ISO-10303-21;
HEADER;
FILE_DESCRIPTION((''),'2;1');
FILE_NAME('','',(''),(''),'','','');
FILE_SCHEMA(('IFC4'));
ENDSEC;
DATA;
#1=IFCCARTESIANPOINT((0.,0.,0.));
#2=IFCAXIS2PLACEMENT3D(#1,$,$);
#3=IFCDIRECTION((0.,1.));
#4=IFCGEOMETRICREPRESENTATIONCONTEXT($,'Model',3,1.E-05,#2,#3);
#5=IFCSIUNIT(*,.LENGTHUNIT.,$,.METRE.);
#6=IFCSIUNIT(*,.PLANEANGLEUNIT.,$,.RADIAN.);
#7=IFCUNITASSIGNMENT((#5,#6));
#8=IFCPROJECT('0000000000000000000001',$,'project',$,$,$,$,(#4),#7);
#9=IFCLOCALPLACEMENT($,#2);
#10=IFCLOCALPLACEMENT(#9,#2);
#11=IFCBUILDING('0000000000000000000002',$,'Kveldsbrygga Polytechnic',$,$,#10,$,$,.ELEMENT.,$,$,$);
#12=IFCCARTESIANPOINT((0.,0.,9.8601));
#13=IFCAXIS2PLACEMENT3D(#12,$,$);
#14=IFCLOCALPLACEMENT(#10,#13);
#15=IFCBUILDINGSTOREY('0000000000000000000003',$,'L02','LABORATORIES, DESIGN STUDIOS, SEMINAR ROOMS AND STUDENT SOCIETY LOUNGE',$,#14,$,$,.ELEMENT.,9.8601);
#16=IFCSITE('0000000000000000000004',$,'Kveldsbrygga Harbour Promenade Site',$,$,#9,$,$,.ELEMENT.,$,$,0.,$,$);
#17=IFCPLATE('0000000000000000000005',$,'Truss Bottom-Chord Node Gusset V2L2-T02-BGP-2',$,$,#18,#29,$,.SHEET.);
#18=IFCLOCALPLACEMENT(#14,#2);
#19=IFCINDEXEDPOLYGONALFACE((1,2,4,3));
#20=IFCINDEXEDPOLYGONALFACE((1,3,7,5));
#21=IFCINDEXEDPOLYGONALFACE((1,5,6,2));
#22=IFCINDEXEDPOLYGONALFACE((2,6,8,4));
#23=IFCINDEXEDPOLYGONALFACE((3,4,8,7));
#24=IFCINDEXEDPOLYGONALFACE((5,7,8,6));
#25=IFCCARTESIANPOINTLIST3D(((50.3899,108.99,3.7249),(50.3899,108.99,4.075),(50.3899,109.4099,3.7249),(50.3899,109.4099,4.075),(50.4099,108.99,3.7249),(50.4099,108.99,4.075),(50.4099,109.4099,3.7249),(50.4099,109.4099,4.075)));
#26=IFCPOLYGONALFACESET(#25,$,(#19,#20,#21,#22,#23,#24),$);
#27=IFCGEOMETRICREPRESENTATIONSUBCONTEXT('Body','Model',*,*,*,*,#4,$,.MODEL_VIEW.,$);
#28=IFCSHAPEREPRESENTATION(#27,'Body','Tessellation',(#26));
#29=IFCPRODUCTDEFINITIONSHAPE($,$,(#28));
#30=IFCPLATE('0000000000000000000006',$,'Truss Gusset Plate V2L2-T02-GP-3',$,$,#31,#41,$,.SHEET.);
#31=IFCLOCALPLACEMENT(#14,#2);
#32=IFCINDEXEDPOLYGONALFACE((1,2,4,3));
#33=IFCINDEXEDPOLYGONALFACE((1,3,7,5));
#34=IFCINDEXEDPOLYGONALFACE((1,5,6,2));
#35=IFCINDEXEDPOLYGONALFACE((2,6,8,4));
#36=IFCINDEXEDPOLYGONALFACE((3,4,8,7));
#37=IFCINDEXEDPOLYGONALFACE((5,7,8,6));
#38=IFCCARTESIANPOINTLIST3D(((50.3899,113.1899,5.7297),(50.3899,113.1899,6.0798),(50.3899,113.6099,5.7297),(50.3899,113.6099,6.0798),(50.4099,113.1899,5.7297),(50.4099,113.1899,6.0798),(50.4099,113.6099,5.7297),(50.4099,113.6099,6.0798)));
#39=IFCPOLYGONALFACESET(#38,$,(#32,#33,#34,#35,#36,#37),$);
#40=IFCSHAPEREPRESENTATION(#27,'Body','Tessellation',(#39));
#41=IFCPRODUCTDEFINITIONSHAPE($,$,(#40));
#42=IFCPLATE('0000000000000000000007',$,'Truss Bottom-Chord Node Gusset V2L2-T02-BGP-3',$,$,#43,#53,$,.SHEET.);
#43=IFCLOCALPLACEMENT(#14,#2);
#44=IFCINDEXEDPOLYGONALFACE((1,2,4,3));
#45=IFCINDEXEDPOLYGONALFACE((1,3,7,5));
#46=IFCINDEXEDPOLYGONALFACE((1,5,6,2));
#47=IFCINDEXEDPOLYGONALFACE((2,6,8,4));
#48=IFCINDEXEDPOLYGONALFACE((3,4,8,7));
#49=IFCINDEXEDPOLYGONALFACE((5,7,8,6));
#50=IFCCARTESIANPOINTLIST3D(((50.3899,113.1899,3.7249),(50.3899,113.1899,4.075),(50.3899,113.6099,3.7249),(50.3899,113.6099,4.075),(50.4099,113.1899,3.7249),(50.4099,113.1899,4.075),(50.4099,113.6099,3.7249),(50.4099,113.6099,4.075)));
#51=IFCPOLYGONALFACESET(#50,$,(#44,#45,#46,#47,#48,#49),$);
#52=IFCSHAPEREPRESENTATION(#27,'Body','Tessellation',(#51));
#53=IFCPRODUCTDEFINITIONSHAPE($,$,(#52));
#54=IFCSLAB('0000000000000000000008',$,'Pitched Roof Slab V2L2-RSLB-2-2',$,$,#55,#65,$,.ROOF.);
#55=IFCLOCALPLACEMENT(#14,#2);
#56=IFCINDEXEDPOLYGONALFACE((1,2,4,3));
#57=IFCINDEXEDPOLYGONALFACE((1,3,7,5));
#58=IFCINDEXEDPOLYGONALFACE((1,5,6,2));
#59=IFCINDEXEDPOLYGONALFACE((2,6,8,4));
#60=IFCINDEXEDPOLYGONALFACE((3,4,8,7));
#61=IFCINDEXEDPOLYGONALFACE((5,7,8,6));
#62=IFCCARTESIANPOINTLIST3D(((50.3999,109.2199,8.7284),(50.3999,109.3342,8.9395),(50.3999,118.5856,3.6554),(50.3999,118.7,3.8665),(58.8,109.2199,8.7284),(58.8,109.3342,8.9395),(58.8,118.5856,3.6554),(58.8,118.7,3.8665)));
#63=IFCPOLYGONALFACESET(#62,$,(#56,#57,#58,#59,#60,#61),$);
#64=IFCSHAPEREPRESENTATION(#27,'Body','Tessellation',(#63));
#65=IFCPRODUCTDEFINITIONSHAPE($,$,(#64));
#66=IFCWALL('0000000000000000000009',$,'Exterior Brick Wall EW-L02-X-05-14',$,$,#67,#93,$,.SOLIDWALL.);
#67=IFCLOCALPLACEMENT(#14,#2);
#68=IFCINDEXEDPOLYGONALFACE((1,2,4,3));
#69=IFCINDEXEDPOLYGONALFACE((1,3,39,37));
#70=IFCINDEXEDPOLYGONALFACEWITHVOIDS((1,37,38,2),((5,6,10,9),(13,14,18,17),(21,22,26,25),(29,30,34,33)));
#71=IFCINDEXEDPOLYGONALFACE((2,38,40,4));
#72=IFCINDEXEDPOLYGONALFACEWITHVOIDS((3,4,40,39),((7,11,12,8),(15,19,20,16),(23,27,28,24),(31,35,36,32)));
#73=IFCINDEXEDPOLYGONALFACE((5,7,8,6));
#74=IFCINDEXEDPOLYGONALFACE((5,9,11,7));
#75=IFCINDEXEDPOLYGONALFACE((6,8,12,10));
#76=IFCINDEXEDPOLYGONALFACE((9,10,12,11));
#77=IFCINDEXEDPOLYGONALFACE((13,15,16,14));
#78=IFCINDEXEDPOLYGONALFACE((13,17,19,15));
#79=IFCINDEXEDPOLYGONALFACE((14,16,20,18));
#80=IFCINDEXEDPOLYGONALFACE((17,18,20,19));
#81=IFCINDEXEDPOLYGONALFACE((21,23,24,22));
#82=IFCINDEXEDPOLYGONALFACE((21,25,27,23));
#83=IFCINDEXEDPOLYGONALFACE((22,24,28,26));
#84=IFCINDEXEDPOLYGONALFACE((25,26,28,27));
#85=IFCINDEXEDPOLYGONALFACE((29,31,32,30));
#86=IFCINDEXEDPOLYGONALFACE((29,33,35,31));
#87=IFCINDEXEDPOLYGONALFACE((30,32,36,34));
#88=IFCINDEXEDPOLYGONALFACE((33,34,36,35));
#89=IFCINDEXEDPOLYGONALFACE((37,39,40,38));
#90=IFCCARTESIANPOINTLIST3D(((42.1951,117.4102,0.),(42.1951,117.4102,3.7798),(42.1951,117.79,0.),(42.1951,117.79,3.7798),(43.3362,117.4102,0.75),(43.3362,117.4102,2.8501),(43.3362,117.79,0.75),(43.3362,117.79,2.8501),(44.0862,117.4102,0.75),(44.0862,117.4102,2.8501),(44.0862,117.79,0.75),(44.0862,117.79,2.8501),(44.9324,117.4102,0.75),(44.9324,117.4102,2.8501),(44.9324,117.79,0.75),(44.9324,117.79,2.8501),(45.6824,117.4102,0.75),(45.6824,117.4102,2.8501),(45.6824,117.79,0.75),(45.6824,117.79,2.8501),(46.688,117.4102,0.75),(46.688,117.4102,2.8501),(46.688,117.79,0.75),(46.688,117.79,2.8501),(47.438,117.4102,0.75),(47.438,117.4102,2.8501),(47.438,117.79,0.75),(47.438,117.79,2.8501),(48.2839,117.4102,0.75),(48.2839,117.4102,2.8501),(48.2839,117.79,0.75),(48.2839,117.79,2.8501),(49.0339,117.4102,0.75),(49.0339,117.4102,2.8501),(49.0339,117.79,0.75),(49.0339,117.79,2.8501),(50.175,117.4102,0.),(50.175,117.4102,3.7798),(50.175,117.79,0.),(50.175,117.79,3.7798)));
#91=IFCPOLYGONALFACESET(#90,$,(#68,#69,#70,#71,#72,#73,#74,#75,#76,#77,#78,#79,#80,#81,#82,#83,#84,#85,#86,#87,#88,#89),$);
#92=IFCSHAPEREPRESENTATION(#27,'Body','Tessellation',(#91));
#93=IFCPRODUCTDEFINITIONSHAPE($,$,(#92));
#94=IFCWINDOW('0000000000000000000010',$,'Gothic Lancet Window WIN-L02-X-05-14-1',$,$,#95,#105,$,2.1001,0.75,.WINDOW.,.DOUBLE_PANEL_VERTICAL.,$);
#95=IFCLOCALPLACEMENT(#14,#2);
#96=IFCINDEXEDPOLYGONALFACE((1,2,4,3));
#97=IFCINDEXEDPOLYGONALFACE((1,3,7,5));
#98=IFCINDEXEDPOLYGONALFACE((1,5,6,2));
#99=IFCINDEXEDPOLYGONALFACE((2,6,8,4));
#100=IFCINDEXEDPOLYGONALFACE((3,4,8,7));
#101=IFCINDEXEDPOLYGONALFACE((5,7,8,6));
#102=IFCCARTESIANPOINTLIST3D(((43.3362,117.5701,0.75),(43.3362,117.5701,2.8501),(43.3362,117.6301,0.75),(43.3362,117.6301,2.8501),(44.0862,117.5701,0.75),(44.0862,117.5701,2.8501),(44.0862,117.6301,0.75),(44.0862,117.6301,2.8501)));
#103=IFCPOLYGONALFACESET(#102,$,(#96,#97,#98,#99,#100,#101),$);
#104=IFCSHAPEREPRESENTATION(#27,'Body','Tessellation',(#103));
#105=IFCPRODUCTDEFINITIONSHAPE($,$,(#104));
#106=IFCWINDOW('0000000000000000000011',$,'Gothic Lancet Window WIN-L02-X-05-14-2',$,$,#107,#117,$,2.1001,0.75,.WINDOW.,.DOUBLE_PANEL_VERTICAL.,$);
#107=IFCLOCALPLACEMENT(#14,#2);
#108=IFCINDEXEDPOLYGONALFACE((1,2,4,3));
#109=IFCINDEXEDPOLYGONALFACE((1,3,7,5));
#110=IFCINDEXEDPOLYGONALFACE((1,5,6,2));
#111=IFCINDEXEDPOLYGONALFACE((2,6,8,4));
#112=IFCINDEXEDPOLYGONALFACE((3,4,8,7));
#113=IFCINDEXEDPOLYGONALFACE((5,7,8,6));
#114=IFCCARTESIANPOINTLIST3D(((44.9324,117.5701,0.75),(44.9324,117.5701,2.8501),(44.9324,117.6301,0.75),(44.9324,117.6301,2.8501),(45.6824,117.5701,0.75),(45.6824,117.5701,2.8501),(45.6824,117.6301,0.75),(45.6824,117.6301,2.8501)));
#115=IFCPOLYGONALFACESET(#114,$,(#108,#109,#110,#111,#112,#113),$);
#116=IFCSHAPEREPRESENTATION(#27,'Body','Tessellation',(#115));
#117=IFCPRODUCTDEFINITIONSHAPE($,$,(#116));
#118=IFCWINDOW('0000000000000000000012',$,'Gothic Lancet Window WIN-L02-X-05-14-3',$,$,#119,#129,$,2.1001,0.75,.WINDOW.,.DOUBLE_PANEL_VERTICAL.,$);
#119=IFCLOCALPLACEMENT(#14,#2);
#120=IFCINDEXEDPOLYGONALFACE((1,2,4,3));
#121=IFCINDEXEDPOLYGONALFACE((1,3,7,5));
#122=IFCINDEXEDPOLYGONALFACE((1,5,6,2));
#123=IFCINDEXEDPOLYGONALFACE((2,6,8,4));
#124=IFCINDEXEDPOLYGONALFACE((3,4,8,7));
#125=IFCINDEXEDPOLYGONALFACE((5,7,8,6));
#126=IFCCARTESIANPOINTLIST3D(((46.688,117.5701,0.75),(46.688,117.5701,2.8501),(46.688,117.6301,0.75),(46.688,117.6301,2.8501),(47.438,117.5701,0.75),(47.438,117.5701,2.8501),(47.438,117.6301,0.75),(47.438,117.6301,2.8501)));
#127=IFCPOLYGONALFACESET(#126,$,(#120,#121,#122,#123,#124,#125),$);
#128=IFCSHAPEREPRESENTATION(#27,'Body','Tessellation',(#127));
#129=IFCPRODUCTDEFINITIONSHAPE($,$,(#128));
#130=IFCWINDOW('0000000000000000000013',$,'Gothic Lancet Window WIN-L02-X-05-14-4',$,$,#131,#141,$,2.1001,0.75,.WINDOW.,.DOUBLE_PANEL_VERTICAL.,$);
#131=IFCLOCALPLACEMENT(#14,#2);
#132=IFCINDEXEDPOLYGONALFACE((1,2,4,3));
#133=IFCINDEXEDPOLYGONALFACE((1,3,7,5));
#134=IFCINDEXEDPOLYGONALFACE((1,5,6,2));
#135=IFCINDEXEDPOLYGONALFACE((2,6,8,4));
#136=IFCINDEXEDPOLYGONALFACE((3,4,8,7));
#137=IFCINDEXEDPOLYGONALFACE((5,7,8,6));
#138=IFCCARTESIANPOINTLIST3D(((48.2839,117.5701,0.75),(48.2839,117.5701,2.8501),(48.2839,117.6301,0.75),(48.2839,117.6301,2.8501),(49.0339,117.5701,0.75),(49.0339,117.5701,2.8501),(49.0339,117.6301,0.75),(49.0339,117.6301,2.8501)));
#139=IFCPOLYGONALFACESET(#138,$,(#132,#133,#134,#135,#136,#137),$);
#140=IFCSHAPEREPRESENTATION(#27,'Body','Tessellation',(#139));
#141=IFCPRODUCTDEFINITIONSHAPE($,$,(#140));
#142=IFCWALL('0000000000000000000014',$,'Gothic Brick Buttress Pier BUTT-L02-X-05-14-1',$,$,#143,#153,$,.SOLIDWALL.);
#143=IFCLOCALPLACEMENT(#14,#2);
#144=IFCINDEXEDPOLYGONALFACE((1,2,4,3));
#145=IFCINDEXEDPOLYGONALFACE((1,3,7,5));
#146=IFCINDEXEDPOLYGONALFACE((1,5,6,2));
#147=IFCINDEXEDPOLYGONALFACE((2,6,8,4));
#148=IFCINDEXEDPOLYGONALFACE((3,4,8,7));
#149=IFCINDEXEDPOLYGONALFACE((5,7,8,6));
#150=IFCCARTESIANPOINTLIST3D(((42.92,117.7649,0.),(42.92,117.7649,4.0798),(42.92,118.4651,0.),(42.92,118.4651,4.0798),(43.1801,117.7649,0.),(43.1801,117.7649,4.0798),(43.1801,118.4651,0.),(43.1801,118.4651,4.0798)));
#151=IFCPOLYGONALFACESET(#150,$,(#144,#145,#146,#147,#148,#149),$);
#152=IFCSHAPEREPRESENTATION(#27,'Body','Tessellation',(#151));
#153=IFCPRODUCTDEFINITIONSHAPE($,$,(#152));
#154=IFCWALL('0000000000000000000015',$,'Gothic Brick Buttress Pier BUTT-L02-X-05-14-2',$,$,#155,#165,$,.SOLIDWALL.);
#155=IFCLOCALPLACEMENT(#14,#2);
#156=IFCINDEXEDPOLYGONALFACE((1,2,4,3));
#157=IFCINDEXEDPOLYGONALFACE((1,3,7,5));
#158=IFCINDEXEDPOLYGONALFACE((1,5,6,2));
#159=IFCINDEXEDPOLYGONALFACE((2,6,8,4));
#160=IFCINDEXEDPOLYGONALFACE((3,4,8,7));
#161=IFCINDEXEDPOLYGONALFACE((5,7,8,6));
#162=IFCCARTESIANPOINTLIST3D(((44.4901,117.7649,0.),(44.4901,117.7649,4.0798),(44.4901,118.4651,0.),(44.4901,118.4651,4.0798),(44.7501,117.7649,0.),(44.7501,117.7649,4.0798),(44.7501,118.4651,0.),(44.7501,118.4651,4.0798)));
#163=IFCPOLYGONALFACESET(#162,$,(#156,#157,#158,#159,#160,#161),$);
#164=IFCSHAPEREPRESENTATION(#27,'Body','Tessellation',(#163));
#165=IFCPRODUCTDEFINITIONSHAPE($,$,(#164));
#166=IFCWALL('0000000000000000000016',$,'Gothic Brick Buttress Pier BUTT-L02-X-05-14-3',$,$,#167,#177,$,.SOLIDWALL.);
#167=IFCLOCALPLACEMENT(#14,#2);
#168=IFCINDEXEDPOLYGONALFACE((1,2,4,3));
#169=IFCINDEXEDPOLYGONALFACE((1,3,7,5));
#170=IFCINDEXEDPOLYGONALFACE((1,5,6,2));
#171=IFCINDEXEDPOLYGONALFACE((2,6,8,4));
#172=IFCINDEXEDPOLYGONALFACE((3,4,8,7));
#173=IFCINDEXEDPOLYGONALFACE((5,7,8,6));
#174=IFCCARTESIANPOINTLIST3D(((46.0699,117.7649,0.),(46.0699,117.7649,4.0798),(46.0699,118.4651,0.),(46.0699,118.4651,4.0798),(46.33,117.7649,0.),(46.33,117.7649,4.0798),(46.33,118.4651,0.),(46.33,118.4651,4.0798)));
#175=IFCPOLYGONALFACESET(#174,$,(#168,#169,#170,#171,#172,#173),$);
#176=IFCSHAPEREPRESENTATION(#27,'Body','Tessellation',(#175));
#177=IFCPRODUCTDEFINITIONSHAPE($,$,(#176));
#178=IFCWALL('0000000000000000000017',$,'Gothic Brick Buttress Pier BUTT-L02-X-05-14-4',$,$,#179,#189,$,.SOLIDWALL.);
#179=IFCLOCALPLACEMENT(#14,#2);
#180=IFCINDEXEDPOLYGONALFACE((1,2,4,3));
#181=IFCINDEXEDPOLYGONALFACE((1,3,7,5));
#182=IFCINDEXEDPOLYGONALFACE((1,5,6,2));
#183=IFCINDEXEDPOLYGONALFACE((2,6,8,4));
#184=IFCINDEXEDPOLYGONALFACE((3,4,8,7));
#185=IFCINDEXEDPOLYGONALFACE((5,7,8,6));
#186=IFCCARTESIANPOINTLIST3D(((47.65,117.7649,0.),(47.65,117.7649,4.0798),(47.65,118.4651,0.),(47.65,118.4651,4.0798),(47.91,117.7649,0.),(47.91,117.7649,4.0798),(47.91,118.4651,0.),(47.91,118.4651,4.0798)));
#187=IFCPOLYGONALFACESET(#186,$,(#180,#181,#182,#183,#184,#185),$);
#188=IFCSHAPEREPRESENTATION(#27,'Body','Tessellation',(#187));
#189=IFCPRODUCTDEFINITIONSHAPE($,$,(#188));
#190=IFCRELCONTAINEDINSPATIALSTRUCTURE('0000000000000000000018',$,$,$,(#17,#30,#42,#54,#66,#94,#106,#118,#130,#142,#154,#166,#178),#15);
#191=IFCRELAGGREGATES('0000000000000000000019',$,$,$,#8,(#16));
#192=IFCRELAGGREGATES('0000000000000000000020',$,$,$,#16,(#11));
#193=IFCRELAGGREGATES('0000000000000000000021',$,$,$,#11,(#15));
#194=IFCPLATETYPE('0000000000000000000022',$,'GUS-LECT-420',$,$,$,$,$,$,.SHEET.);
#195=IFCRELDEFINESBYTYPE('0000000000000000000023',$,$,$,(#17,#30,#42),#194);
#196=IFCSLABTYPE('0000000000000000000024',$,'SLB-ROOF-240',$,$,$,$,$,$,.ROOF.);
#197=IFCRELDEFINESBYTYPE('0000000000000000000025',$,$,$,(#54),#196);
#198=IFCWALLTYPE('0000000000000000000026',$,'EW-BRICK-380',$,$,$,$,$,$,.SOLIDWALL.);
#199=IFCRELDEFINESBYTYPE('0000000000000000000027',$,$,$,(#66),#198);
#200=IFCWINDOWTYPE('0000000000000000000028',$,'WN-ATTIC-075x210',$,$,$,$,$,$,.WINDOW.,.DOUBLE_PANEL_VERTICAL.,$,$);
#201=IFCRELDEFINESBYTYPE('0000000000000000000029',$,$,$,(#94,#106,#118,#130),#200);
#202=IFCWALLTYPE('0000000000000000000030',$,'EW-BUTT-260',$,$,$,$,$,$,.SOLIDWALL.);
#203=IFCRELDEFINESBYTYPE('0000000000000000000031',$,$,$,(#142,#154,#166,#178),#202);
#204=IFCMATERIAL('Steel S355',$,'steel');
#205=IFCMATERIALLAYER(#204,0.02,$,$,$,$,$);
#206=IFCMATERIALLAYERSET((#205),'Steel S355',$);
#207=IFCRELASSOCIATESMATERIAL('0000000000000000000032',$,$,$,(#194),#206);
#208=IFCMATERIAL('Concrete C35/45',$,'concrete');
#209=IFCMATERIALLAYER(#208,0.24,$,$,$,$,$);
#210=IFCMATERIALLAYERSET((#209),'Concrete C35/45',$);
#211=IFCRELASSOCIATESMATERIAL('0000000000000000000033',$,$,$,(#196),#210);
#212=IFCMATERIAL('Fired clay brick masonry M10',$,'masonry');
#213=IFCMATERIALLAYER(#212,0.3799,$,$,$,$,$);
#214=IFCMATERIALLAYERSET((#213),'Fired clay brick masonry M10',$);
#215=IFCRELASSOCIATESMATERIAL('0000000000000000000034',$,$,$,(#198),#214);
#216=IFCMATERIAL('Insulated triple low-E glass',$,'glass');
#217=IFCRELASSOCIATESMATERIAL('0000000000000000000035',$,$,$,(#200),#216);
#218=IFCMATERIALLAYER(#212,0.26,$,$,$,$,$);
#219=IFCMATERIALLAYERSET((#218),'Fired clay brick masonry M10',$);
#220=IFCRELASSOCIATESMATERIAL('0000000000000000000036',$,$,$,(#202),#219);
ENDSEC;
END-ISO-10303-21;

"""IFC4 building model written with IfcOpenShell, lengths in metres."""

from ifc_helpers import new_model, si_unit, direction, frame, frame_2d, origin, origin_2d, place, context, subcontext, project, spatial, polyline, rectangle, outline, extrude, material, layer, layer_set, type_object, element, fill, save


model = new_model("IFC4")

# Units and contexts
model_context = context("Model", 3, precision=1e-05, world=origin(), true_north=direction((0.0, 1.0)))
body_context = subcontext(model_context, "Body", "Model", "MODEL_VIEW")
ifc_project = project(units=[si_unit("LENGTHUNIT", "METRE"), si_unit("PLANEANGLEUNIT", "RADIAN")], contexts=[model_context])

# Site, building, storey
site_placement = place(None, origin())
site = spatial("IfcSite", under=ifc_project, at=site_placement, Name="Kveldsbrygga Harbour Promenade Site", CompositionType="ELEMENT", RefElevation=0.0)
building_placement = place(site_placement, origin())
building = spatial("IfcBuilding", under=site, at=building_placement, Name="Kveldsbrygga Polytechnic", CompositionType="ELEMENT")
storey_placement = place(building_placement, frame((0.0, 0.0, 9.8601)))
storey = spatial("IfcBuildingStorey", under=building, at=storey_placement, Name="L02", Description="LABORATORIES, DESIGN STUDIOS, SEMINAR ROOMS AND STUDENT SOCIETY LOUNGE", CompositionType="ELEMENT", Elevation=9.8601)

# Shared definitions
ifc_material_1 = material(Name="Steel S355", Category="steel")

# Shared definitions
ifc_material_2 = material(Name="Insulated triple low-E glass", Category="glass")

# Plates
ifc_layer_1 = layer(ifc_material_1, 0.02)
ifc_layer_set_1 = layer_set([ifc_layer_1], Name="Steel S355")
plate_type_1 = type_object("IfcPlateType", Name="GUS-LECT-420", PredefinedType="SHEET", material=ifc_layer_set_1)
for number, where, z_axis, x_axis, name in (
    (1, (50.3999, 109.2, 3.7249), (0.0, 0.0, 1.0), (1.0, 0.0, 0.0), "Truss Bottom-Chord Node Gusset V2L2-T02-BGP-2"),
    (2, (50.3999, 113.3999, 5.7297), (0.0, 0.0, 1.0), (1.0, 0.0, 0.0), "Truss Gusset Plate V2L2-T02-GP-3"),
    (3, (50.3999, 113.3999, 3.7249), (0.0, 0.0, 1.0), (1.0, 0.0, 0.0), "Truss Bottom-Chord Node Gusset V2L2-T02-BGP-3"),
):
    element("IfcPlate", number, at=place(storey_placement, frame(where, z_axis=z_axis, x_axis=x_axis)), inside=storey, type_object=plate_type_1, Name=name, PredefinedType="SHEET", context=body_context, shape_type="SweptSolid", body=[
        extrude(rectangle(XDim=0.02, YDim=0.4199, at=origin_2d()), origin(), (0.0, 0.0, 1.0), 0.3501),
    ])

# Slab
ifc_material_3 = material(Name="Concrete C35/45", Category="concrete")
ifc_layer_2 = layer(ifc_material_3, 0.24)
ifc_layer_set_2 = layer_set([ifc_layer_2], Name="Concrete C35/45")
slab_type = type_object("IfcSlabType", Name="SLB-ROOF-240", PredefinedType="ROOF", material=ifc_layer_set_2)
slab_placement = place(storey_placement, frame((50.3999, 109.3342, 8.9395), z_axis=(0.0, 0.476276, 0.879296), x_axis=(1.0, 0.0, 0.0)))
element("IfcSlab", 4, at=slab_placement, inside=storey, type_object=slab_type, Name="Pitched Roof Slab V2L2-RSLB-2-2", PredefinedType="ROOF", context=body_context, shape_type="SweptSolid", body=[
    extrude(outline(polyline([(0.0, 0.0), (8.4001, 0.0), (8.4001, 10.6514), (0.0, 10.6514), (0.0, 0.0)])), origin(), (0.0, 0.0, -1.0), 0.24),
])

# Wall, openings, windows
ifc_material_4 = material(Name="Fired clay brick masonry M10", Category="masonry")
ifc_layer_3 = layer(ifc_material_4, 0.3799)
ifc_layer_set_3 = layer_set([ifc_layer_3], Name="Fired clay brick masonry M10")
wall_type_1 = type_object("IfcWallType", Name="EW-BRICK-380", PredefinedType="SOLIDWALL", material=ifc_layer_set_3)
wall_placement = place(storey_placement, frame((42.1951, 117.6001, 0.0), z_axis=(0.0, 0.0, 1.0), x_axis=(1.0, 0.0, 0.0)))
wall = element("IfcWall", 5, at=wall_placement, inside=storey, type_object=wall_type_1, Name="Exterior Brick Wall EW-L02-X-05-14", PredefinedType="SOLIDWALL", context=body_context, shape_type="SweptSolid", body=[
    extrude(rectangle(XDim=7.98, YDim=0.3799, at=frame_2d((3.99, 0.0))), origin(), (0.0, 0.0, 1.0), 3.7798),
])
opening_1_placement = place(wall_placement, frame((1.1411, 0.0, 0.75)))
opening_1 = element("IfcOpeningElement", 6, at=opening_1_placement, cuts=wall, PredefinedType="OPENING", context=body_context, shape_type="SweptSolid", body=[
    extrude(rectangle(XDim=0.75, YDim=2.1001, at=frame_2d((0.375, 1.05))), frame((0.0, 0.2, 0.0), z_axis=(0.0, -1.0, 0.0), x_axis=(1.0, 0.0, 0.0)), (0.0, 0.0, 1.0), 0.3999),
])
opening_2_placement = place(wall_placement, frame((2.7373, 0.0, 0.75)))
opening_2 = element("IfcOpeningElement", 7, at=opening_2_placement, cuts=wall, PredefinedType="OPENING", context=body_context, shape_type="SweptSolid", body=[
    extrude(rectangle(XDim=0.75, YDim=2.1001, at=frame_2d((0.375, 1.05))), frame((0.0, 0.2, 0.0), z_axis=(0.0, -1.0, 0.0), x_axis=(1.0, 0.0, 0.0)), (0.0, 0.0, 1.0), 0.3999),
])
opening_3_placement = place(wall_placement, frame((4.4929, 0.0, 0.75)))
opening_3 = element("IfcOpeningElement", 8, at=opening_3_placement, cuts=wall, PredefinedType="OPENING", context=body_context, shape_type="SweptSolid", body=[
    extrude(rectangle(XDim=0.75, YDim=2.1001, at=frame_2d((0.375, 1.05))), frame((0.0, 0.2, 0.0), z_axis=(0.0, -1.0, 0.0), x_axis=(1.0, 0.0, 0.0)), (0.0, 0.0, 1.0), 0.3999),
])
opening_4_placement = place(wall_placement, frame((6.0889, 0.0, 0.75)))
opening_4 = element("IfcOpeningElement", 9, at=opening_4_placement, cuts=wall, PredefinedType="OPENING", context=body_context, shape_type="SweptSolid", body=[
    extrude(rectangle(XDim=0.75, YDim=2.1001, at=frame_2d((0.375, 1.05))), frame((0.0, 0.2, 0.0), z_axis=(0.0, -1.0, 0.0), x_axis=(1.0, 0.0, 0.0)), (0.0, 0.0, 1.0), 0.3999),
])
window_type = type_object("IfcWindowType", Name="WN-ATTIC-075x210", PartitioningType="DOUBLE_PANEL_VERTICAL", PredefinedType="WINDOW", material=ifc_material_2)
window_1_placement = place(opening_1_placement, origin())
window_1 = element("IfcWindow", 10, at=window_1_placement, inside=storey, type_object=window_type, Name="Gothic Lancet Window WIN-L02-X-05-14-1", OverallHeight=2.1001, OverallWidth=0.75, PartitioningType="DOUBLE_PANEL_VERTICAL", PredefinedType="WINDOW", context=body_context, shape_type="SweptSolid", body=[
    extrude(rectangle(XDim=0.75, YDim=2.1001, at=frame_2d((0.375, 1.05))), frame((0.0, 0.03, 0.0), z_axis=(0.0, -1.0, 0.0), x_axis=(1.0, 0.0, 0.0)), (0.0, 0.0, 1.0), 0.0601),
])
fill(opening_1, window_1)
window_2_placement = place(opening_2_placement, origin())
window_2 = element("IfcWindow", 11, at=window_2_placement, inside=storey, type_object=window_type, Name="Gothic Lancet Window WIN-L02-X-05-14-2", OverallHeight=2.1001, OverallWidth=0.75, PartitioningType="DOUBLE_PANEL_VERTICAL", PredefinedType="WINDOW", context=body_context, shape_type="SweptSolid", body=[
    extrude(rectangle(XDim=0.75, YDim=2.1001, at=frame_2d((0.375, 1.05))), frame((0.0, 0.03, 0.0), z_axis=(0.0, -1.0, 0.0), x_axis=(1.0, 0.0, 0.0)), (0.0, 0.0, 1.0), 0.0601),
])
fill(opening_2, window_2)
window_3_placement = place(opening_3_placement, origin())
window_3 = element("IfcWindow", 12, at=window_3_placement, inside=storey, type_object=window_type, Name="Gothic Lancet Window WIN-L02-X-05-14-3", OverallHeight=2.1001, OverallWidth=0.75, PartitioningType="DOUBLE_PANEL_VERTICAL", PredefinedType="WINDOW", context=body_context, shape_type="SweptSolid", body=[
    extrude(rectangle(XDim=0.75, YDim=2.1001, at=frame_2d((0.375, 1.05))), frame((0.0, 0.03, 0.0), z_axis=(0.0, -1.0, 0.0), x_axis=(1.0, 0.0, 0.0)), (0.0, 0.0, 1.0), 0.0601),
])
fill(opening_3, window_3)
window_4_placement = place(opening_4_placement, origin())
window_4 = element("IfcWindow", 13, at=window_4_placement, inside=storey, type_object=window_type, Name="Gothic Lancet Window WIN-L02-X-05-14-4", OverallHeight=2.1001, OverallWidth=0.75, PartitioningType="DOUBLE_PANEL_VERTICAL", PredefinedType="WINDOW", context=body_context, shape_type="SweptSolid", body=[
    extrude(rectangle(XDim=0.75, YDim=2.1001, at=frame_2d((0.375, 1.05))), frame((0.0, 0.03, 0.0), z_axis=(0.0, -1.0, 0.0), x_axis=(1.0, 0.0, 0.0)), (0.0, 0.0, 1.0), 0.0601),
])
fill(opening_4, window_4)

# Walls
ifc_layer_4 = layer(ifc_material_4, 0.26)
ifc_layer_set_4 = layer_set([ifc_layer_4], Name="Fired clay brick masonry M10")
wall_type_2 = type_object("IfcWallType", Name="EW-BUTT-260", PredefinedType="SOLIDWALL", material=ifc_layer_set_4)
for number, where, z_axis, x_axis, name in (
    (14, (43.05, 117.7649, 0.0), (0.0, 0.0, 1.0), (0.0, 1.0, 0.0), "Gothic Brick Buttress Pier BUTT-L02-X-05-14-1"),
    (15, (44.6201, 117.7649, 0.0), (0.0, 0.0, 1.0), (0.0, 1.0, 0.0), "Gothic Brick Buttress Pier BUTT-L02-X-05-14-2"),
    (16, (46.2, 117.7649, 0.0), (0.0, 0.0, 1.0), (0.0, 1.0, 0.0), "Gothic Brick Buttress Pier BUTT-L02-X-05-14-3"),
    (17, (47.78, 117.7649, 0.0), (0.0, 0.0, 1.0), (0.0, 1.0, 0.0), "Gothic Brick Buttress Pier BUTT-L02-X-05-14-4"),
):
    element("IfcWall", number, at=place(storey_placement, frame(where, z_axis=z_axis, x_axis=x_axis)), inside=storey, type_object=wall_type_2, Name=name, PredefinedType="SOLIDWALL", context=body_context, shape_type="SweptSolid", body=[
        extrude(rectangle(XDim=0.7002, YDim=0.26, at=frame_2d((0.3501, 0.0))), origin(), (0.0, 0.0, 1.0), 4.0798),
    ])

save(model, "model.ifc")
